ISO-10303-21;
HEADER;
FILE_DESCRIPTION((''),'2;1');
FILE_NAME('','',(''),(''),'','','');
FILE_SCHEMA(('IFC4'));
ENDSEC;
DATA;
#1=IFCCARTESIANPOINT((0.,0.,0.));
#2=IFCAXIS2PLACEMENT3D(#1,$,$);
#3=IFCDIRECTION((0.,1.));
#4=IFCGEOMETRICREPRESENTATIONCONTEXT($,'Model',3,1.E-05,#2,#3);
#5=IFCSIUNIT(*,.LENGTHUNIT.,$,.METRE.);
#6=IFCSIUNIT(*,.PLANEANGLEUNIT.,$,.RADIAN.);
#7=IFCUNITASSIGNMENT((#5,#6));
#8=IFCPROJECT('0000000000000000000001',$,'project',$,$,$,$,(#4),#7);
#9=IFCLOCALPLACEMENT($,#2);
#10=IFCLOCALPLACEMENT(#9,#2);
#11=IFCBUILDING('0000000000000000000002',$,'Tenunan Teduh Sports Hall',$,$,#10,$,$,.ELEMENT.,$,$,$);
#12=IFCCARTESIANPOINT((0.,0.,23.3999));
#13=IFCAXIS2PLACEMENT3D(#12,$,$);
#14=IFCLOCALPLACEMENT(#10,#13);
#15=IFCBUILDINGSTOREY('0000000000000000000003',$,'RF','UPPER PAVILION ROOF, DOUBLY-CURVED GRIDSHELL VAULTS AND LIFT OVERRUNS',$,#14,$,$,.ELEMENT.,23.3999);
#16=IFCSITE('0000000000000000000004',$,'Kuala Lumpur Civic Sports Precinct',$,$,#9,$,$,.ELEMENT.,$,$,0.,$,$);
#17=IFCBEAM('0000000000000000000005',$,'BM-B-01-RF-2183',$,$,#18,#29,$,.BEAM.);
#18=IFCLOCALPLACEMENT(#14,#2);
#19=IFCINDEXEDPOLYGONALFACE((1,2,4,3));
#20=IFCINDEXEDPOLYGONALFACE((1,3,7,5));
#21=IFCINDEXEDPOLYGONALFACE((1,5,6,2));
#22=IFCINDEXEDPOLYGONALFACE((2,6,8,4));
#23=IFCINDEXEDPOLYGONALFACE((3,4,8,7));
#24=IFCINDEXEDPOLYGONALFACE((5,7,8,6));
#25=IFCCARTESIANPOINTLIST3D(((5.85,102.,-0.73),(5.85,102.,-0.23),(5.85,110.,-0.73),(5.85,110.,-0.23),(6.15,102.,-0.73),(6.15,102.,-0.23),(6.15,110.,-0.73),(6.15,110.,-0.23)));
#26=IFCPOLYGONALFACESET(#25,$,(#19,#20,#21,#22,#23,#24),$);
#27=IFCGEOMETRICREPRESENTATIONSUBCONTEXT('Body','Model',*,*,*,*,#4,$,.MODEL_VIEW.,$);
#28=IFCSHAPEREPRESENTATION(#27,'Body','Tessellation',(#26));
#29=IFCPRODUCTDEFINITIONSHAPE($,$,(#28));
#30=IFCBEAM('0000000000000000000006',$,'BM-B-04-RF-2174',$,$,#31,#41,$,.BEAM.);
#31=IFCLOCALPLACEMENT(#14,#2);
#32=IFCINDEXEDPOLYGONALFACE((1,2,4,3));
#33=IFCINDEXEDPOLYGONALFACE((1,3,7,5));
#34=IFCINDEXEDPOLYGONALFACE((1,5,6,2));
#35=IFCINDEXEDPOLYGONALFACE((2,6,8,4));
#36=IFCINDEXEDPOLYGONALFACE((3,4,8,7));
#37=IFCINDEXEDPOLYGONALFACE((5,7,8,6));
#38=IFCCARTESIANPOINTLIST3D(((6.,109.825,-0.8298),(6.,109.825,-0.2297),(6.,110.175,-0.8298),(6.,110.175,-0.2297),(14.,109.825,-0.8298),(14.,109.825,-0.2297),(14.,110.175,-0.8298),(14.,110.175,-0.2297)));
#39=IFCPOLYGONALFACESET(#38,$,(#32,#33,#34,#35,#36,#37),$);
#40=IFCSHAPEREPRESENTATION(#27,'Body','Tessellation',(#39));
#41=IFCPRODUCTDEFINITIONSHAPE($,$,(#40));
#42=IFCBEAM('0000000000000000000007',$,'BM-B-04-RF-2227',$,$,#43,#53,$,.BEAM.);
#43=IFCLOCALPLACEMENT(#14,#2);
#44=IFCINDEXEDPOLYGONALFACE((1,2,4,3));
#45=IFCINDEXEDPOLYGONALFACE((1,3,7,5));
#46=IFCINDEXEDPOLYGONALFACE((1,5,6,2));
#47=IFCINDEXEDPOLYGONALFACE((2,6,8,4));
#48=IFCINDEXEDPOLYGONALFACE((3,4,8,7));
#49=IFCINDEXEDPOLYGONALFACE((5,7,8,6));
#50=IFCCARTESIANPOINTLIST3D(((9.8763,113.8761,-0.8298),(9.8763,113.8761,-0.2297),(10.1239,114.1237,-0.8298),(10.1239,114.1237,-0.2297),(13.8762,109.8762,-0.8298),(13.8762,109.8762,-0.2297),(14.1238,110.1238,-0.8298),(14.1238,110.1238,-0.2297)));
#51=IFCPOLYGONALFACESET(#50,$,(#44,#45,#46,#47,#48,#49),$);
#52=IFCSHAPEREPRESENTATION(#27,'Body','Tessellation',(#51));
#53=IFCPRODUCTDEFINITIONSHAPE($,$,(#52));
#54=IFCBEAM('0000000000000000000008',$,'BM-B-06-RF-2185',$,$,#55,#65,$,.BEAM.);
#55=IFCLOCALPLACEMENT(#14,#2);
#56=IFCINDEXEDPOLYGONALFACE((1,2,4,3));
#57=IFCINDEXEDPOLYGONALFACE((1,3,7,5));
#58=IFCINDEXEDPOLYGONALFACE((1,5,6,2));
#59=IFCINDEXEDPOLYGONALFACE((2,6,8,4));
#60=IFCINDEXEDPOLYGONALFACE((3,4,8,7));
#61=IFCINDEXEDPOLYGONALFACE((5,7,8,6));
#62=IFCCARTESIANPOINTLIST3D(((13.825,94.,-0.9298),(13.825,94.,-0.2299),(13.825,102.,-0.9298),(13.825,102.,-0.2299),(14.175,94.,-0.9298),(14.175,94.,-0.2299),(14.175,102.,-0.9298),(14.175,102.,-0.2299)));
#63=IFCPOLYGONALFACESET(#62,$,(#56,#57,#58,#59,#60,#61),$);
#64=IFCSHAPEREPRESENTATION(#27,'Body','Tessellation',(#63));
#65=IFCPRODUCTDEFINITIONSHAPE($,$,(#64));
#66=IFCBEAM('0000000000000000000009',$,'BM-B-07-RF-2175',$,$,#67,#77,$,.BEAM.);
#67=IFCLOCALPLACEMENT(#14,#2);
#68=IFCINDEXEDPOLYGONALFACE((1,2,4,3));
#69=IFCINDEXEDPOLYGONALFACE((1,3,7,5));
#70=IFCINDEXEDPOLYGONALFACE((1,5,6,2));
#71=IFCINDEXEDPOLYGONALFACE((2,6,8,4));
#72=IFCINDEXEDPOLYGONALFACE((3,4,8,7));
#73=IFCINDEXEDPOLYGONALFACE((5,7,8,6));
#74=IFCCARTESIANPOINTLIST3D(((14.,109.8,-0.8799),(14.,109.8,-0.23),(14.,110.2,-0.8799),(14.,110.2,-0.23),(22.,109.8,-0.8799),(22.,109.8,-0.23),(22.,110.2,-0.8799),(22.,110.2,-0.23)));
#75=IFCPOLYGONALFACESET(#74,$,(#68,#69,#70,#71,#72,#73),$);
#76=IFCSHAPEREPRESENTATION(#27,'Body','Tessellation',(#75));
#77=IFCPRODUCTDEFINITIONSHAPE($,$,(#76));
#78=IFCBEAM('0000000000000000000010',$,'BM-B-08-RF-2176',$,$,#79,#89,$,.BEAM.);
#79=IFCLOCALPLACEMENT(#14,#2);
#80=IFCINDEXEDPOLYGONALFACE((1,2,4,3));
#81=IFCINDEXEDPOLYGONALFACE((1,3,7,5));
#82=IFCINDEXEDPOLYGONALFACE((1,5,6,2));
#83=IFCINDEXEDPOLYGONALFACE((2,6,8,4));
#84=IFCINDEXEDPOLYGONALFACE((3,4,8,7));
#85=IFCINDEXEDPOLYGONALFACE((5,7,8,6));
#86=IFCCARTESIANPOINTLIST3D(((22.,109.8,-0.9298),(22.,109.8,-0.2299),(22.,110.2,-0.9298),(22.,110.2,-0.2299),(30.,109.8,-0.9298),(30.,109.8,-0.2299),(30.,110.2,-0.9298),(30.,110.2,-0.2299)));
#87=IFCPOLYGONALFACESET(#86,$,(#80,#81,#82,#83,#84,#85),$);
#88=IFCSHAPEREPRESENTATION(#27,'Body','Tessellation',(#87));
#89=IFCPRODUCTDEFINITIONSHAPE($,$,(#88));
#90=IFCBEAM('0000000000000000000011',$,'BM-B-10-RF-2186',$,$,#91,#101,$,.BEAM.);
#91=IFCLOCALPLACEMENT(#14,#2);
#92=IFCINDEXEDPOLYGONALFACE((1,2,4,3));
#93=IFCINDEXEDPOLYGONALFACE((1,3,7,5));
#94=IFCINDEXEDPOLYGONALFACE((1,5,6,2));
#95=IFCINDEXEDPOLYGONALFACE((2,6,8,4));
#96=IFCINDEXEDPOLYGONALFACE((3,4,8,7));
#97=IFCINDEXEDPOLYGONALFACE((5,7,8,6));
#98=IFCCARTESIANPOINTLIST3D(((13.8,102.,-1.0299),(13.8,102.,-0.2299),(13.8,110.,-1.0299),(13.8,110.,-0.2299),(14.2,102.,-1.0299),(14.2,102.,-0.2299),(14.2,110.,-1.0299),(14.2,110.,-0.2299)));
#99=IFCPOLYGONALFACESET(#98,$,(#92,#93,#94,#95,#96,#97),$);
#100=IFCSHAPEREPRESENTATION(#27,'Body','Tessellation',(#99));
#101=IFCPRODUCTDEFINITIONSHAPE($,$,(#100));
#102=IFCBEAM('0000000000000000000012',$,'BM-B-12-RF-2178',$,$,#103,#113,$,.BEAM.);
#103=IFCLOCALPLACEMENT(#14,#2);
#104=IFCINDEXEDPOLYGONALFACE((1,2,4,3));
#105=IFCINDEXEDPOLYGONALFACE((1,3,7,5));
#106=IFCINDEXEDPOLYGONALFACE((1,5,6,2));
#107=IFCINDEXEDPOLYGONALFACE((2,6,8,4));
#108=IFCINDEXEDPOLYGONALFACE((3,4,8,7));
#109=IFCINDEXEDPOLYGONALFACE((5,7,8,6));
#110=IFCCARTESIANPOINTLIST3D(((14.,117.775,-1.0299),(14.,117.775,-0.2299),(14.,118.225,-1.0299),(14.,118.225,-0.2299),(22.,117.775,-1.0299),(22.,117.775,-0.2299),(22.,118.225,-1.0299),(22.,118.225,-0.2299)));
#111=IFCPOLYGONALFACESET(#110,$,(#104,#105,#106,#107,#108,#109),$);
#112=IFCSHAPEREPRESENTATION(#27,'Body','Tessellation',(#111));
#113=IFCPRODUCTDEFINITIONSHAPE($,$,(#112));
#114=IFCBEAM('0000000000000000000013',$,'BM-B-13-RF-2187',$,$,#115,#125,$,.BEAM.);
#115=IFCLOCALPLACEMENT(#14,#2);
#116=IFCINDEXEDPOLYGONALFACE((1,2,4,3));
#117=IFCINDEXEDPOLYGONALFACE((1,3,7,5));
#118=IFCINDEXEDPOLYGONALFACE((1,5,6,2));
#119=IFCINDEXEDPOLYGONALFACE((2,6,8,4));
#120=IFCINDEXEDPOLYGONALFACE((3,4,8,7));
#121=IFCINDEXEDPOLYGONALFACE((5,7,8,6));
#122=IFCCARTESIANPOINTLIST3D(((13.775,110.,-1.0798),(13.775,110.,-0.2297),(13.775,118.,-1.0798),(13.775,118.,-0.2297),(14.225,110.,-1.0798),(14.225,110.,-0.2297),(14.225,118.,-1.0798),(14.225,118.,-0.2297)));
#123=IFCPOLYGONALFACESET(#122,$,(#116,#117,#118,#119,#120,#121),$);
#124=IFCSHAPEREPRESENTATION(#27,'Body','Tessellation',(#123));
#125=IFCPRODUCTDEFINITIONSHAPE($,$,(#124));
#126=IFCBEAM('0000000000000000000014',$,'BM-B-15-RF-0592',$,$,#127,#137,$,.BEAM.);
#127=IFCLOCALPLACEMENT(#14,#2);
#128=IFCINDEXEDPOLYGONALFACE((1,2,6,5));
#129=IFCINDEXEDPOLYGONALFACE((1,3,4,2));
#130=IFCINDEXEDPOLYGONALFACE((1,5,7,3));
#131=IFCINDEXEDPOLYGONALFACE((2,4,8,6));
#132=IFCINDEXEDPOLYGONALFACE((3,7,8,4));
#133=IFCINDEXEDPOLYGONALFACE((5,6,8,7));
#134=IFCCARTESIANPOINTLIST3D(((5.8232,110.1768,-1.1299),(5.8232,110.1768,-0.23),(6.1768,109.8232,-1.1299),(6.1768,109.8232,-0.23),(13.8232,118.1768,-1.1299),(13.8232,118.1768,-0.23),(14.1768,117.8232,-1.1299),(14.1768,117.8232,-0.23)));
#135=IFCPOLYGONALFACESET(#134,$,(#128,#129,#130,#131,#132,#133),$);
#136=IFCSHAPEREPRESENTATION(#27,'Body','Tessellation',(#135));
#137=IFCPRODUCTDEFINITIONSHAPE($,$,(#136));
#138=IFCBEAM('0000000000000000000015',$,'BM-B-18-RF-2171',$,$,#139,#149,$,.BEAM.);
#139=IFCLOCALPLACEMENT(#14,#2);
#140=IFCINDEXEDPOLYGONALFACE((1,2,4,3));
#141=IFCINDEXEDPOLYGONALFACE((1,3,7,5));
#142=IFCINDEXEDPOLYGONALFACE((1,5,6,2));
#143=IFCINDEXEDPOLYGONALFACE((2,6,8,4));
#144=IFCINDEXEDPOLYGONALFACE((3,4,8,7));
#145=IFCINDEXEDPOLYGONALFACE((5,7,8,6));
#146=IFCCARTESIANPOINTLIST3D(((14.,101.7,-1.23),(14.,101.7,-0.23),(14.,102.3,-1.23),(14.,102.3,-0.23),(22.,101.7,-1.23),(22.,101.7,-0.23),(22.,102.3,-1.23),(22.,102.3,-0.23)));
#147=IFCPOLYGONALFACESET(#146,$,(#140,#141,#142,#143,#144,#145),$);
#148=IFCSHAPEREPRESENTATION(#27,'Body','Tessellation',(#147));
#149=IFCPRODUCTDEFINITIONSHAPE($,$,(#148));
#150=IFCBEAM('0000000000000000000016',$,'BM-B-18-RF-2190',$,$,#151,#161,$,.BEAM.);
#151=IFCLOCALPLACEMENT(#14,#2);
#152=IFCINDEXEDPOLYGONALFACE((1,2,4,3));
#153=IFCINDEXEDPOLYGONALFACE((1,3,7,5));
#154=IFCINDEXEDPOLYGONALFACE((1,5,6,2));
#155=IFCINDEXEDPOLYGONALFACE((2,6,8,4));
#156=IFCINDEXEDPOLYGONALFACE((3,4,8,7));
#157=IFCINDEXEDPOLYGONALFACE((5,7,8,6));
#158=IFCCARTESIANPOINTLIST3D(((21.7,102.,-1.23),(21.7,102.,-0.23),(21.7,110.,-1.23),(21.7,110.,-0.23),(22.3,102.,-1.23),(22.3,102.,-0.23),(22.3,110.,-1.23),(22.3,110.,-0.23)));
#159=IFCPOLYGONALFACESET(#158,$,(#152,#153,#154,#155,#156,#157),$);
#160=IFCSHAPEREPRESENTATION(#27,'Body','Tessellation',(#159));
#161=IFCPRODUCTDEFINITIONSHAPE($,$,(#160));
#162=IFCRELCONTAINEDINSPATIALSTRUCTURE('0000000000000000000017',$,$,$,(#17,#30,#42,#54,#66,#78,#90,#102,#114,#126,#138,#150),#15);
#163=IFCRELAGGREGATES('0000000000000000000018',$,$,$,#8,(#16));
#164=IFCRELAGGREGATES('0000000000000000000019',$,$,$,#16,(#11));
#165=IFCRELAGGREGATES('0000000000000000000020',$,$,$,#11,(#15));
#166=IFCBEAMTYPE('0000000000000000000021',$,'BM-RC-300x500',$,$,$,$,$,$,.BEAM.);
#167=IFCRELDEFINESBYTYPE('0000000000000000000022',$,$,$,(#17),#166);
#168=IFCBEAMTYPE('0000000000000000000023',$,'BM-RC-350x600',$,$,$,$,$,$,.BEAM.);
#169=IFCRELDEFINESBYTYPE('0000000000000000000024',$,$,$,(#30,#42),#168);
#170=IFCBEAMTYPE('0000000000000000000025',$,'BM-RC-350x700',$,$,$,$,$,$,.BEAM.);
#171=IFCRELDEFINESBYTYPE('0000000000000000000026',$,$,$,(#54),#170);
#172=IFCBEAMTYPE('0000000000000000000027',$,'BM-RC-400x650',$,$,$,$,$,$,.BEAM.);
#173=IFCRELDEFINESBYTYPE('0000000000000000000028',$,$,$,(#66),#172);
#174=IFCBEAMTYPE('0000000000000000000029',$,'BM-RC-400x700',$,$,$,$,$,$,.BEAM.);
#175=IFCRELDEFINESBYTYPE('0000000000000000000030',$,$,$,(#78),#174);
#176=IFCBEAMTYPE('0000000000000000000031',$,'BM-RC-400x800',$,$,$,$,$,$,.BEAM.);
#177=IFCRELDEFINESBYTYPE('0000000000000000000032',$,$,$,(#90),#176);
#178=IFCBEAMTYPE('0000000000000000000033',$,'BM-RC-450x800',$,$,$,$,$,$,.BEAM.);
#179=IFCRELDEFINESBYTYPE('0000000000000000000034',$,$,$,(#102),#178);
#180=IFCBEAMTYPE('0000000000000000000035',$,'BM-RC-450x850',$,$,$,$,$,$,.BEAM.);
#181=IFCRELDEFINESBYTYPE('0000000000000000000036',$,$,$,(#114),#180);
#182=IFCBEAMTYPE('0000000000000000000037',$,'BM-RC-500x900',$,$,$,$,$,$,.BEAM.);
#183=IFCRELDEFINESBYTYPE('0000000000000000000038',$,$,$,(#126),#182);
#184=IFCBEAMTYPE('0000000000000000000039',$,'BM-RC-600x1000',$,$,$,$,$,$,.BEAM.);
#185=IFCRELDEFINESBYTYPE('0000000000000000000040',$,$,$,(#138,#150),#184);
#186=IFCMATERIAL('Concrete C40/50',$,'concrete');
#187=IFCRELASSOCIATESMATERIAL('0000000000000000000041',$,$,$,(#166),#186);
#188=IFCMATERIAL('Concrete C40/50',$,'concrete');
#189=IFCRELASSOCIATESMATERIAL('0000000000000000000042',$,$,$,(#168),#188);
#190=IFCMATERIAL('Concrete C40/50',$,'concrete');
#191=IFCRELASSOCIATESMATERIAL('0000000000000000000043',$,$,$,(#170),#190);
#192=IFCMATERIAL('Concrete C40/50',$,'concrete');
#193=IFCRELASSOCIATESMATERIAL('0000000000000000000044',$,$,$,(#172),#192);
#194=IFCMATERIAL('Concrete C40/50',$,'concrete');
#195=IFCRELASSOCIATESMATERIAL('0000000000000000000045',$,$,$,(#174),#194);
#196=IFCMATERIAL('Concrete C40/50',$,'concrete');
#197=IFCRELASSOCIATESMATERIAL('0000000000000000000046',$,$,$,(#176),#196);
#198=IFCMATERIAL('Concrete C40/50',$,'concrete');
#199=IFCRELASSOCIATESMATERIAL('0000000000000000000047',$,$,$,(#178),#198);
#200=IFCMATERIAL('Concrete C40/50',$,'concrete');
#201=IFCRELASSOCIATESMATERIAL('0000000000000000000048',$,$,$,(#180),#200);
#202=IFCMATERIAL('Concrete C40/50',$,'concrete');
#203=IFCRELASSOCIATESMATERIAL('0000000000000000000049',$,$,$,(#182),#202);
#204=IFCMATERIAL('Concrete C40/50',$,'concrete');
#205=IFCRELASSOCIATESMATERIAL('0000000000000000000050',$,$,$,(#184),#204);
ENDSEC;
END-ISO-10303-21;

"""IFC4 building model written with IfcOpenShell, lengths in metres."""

from ifc_helpers import new_model, si_unit, direction, frame, origin, origin_2d, place, context, subcontext, project, spatial, rectangle, extrude, material, material_profile, profile_set, type_object, element, save


model = new_model("IFC4")

# Units and contexts
model_context = context("Model", 3, precision=1e-05, world=origin(), true_north=direction((0.0, 1.0)))
body_context = subcontext(model_context, "Body", "Model", "MODEL_VIEW")
ifc_project = project(units=[si_unit("LENGTHUNIT", "METRE"), si_unit("PLANEANGLEUNIT", "RADIAN")], contexts=[model_context])

# Site, building, storey
site_placement = place(None, origin())
site = spatial("IfcSite", under=ifc_project, at=site_placement, Name="Kuala Lumpur Civic Sports Precinct", CompositionType="ELEMENT", RefElevation=0.0)
building_placement = place(site_placement, origin())
building = spatial("IfcBuilding", under=site, at=building_placement, Name="Tenunan Teduh Sports Hall", CompositionType="ELEMENT")
storey_placement = place(building_placement, frame((0.0, 0.0, 23.3999)))
storey = spatial("IfcBuildingStorey", under=building, at=storey_placement, Name="RF", Description="UPPER PAVILION ROOF, DOUBLY-CURVED GRIDSHELL VAULTS AND LIFT OVERRUNS", CompositionType="ELEMENT", Elevation=23.3999)

# Beams
ifc_material_1 = material(Name="Concrete C40/50", Category="concrete")
ifc_material_profile_1 = material_profile(ifc_material_1, rectangle(XDim=0.3, YDim=0.5, at=origin_2d()), Name="RCB 300x500")
ifc_profile_set_1 = profile_set([ifc_material_profile_1], Name="Concrete C40/50")
beam_type_1 = type_object("IfcBeamType", Name="BM-RC-300x500", PredefinedType="BEAM", material=ifc_profile_set_1)
beam_1_placement = place(storey_placement, frame((6.0, 102.0, -0.48), z_axis=(0.0, 1.0, 0.0), x_axis=(-1.0, 0.0, 0.0)))
element("IfcBeam", 1, at=beam_1_placement, inside=storey, type_object=beam_type_1, Name="BM-B-01-RF-2183", PredefinedType="BEAM", context=body_context, shape_type="SweptSolid", body=[
    extrude(rectangle(XDim=0.3, YDim=0.5, at=origin_2d()), origin(), (0.0, 0.0, 1.0), 8.0),
])
ifc_material_2 = material(Name="Concrete C40/50", Category="concrete")
ifc_material_profile_2 = material_profile(ifc_material_2, rectangle(XDim=0.3501, YDim=0.6001, at=origin_2d()), Name="RCB 350x600")
ifc_profile_set_2 = profile_set([ifc_material_profile_2], Name="Concrete C40/50")
beam_type_2 = type_object("IfcBeamType", Name="BM-RC-350x600", PredefinedType="BEAM", material=ifc_profile_set_2)
beam_2_placement = place(storey_placement, frame((6.0, 110.0, -0.5298), z_axis=(1.0, 0.0, 0.0), x_axis=(0.0, 1.0, 0.0)))
element("IfcBeam", 2, at=beam_2_placement, inside=storey, type_object=beam_type_2, Name="BM-B-04-RF-2174", PredefinedType="BEAM", context=body_context, shape_type="SweptSolid", body=[
    extrude(rectangle(XDim=0.3501, YDim=0.6001, at=origin_2d()), origin(), (0.0, 0.0, 1.0), 8.0),
])
beam_3_placement = place(storey_placement, frame((14.0, 110.0, -0.5298), z_axis=(-0.707107, 0.707107, 0.0), x_axis=(-0.707107, -0.707107, 0.0)))
element("IfcBeam", 3, at=beam_3_placement, inside=storey, type_object=beam_type_2, Name="BM-B-04-RF-2227", PredefinedType="BEAM", context=body_context, shape_type="SweptSolid", body=[
    extrude(rectangle(XDim=0.3501, YDim=0.6001, at=origin_2d()), origin(), (0.0, 0.0, 1.0), 5.6567),
])
ifc_material_3 = material(Name="Concrete C40/50", Category="concrete")
ifc_material_profile_3 = material_profile(ifc_material_3, rectangle(XDim=0.3501, YDim=0.7, at=origin_2d()), Name="RCB 350x700")
ifc_profile_set_3 = profile_set([ifc_material_profile_3], Name="Concrete C40/50")
beam_type_3 = type_object("IfcBeamType", Name="BM-RC-350x700", PredefinedType="BEAM", material=ifc_profile_set_3)
beam_4_placement = place(storey_placement, frame((14.0, 94.0, -0.5798), z_axis=(0.0, 1.0, 0.0), x_axis=(-1.0, 0.0, 0.0)))
element("IfcBeam", 4, at=beam_4_placement, inside=storey, type_object=beam_type_3, Name="BM-B-06-RF-2185", PredefinedType="BEAM", context=body_context, shape_type="SweptSolid", body=[
    extrude(rectangle(XDim=0.3501, YDim=0.7, at=origin_2d()), origin(), (0.0, 0.0, 1.0), 8.0),
])
ifc_material_4 = material(Name="Concrete C40/50", Category="concrete")
ifc_material_profile_4 = material_profile(ifc_material_4, rectangle(XDim=0.3999, YDim=0.6499, at=origin_2d()), Name="RCB 400x650")
ifc_profile_set_4 = profile_set([ifc_material_profile_4], Name="Concrete C40/50")
beam_type_4 = type_object("IfcBeamType", Name="BM-RC-400x650", PredefinedType="BEAM", material=ifc_profile_set_4)
beam_5_placement = place(storey_placement, frame((14.0, 110.0, -0.5549), z_axis=(1.0, 0.0, 0.0), x_axis=(0.0, 1.0, 0.0)))
element("IfcBeam", 5, at=beam_5_placement, inside=storey, type_object=beam_type_4, Name="BM-B-07-RF-2175", PredefinedType="BEAM", context=body_context, shape_type="SweptSolid", body=[
    extrude(rectangle(XDim=0.3999, YDim=0.6499, at=origin_2d()), origin(), (0.0, 0.0, 1.0), 8.0),
])
ifc_material_5 = material(Name="Concrete C40/50", Category="concrete")
ifc_material_profile_5 = material_profile(ifc_material_5, rectangle(XDim=0.3999, YDim=0.7, at=origin_2d()), Name="RCB 400x700")
ifc_profile_set_5 = profile_set([ifc_material_profile_5], Name="Concrete C40/50")
beam_type_5 = type_object("IfcBeamType", Name="BM-RC-400x700", PredefinedType="BEAM", material=ifc_profile_set_5)
beam_6_placement = place(storey_placement, frame((22.0, 110.0, -0.5798), z_axis=(1.0, 0.0, 0.0), x_axis=(0.0, 1.0, 0.0)))
element("IfcBeam", 6, at=beam_6_placement, inside=storey, type_object=beam_type_5, Name="BM-B-08-RF-2176", PredefinedType="BEAM", context=body_context, shape_type="SweptSolid", body=[
    extrude(rectangle(XDim=0.3999, YDim=0.7, at=origin_2d()), origin(), (0.0, 0.0, 1.0), 8.0),
])
ifc_material_6 = material(Name="Concrete C40/50", Category="concrete")
ifc_material_profile_6 = material_profile(ifc_material_6, rectangle(XDim=0.3999, YDim=0.8, at=origin_2d()), Name="RCB 400x800")
ifc_profile_set_6 = profile_set([ifc_material_profile_6], Name="Concrete C40/50")
beam_type_6 = type_object("IfcBeamType", Name="BM-RC-400x800", PredefinedType="BEAM", material=ifc_profile_set_6)
beam_7_placement = place(storey_placement, frame((14.0, 102.0, -0.6299), z_axis=(0.0, 1.0, 0.0), x_axis=(-1.0, 0.0, 0.0)))
element("IfcBeam", 7, at=beam_7_placement, inside=storey, type_object=beam_type_6, Name="BM-B-10-RF-2186", PredefinedType="BEAM", context=body_context, shape_type="SweptSolid", body=[
    extrude(rectangle(XDim=0.3999, YDim=0.8, at=origin_2d()), origin(), (0.0, 0.0, 1.0), 8.0),
])
ifc_material_7 = material(Name="Concrete C40/50", Category="concrete")
ifc_material_profile_7 = material_profile(ifc_material_7, rectangle(XDim=0.45, YDim=0.8, at=origin_2d()), Name="RCB 450x800")
ifc_profile_set_7 = profile_set([ifc_material_profile_7], Name="Concrete C40/50")
beam_type_7 = type_object("IfcBeamType", Name="BM-RC-450x800", PredefinedType="BEAM", material=ifc_profile_set_7)
beam_8_placement = place(storey_placement, frame((14.0, 118.0, -0.6299), z_axis=(1.0, 0.0, 0.0), x_axis=(0.0, 1.0, 0.0)))
element("IfcBeam", 8, at=beam_8_placement, inside=storey, type_object=beam_type_7, Name="BM-B-12-RF-2178", PredefinedType="BEAM", context=body_context, shape_type="SweptSolid", body=[
    extrude(rectangle(XDim=0.45, YDim=0.8, at=origin_2d()), origin(), (0.0, 0.0, 1.0), 8.0),
])
ifc_material_8 = material(Name="Concrete C40/50", Category="concrete")
ifc_material_profile_8 = material_profile(ifc_material_8, rectangle(XDim=0.45, YDim=0.8501, at=origin_2d()), Name="RCB 450x850")
ifc_profile_set_8 = profile_set([ifc_material_profile_8], Name="Concrete C40/50")
beam_type_8 = type_object("IfcBeamType", Name="BM-RC-450x850", PredefinedType="BEAM", material=ifc_profile_set_8)
beam_9_placement = place(storey_placement, frame((14.0, 110.0, -0.6548), z_axis=(0.0, 1.0, 0.0), x_axis=(-1.0, 0.0, 0.0)))
element("IfcBeam", 9, at=beam_9_placement, inside=storey, type_object=beam_type_8, Name="BM-B-13-RF-2187", PredefinedType="BEAM", context=body_context, shape_type="SweptSolid", body=[
    extrude(rectangle(XDim=0.45, YDim=0.8501, at=origin_2d()), origin(), (0.0, 0.0, 1.0), 8.0),
])
ifc_material_9 = material(Name="Concrete C40/50", Category="concrete")
ifc_material_profile_9 = material_profile(ifc_material_9, rectangle(XDim=0.5, YDim=0.8999, at=origin_2d()), Name="RCB 500x900")
ifc_profile_set_9 = profile_set([ifc_material_profile_9], Name="Concrete C40/50")
beam_type_9 = type_object("IfcBeamType", Name="BM-RC-500x900", PredefinedType="BEAM", material=ifc_profile_set_9)
beam_10_placement = place(storey_placement, frame((6.0, 110.0, -0.6799), z_axis=(0.707107, 0.707107, 0.0), x_axis=(-0.707107, 0.707107, 0.0)))
element("IfcBeam", 10, at=beam_10_placement, inside=storey, type_object=beam_type_9, Name="BM-B-15-RF-0592", PredefinedType="BEAM", context=body_context, shape_type="SweptSolid", body=[
    extrude(rectangle(XDim=0.5, YDim=0.8999, at=origin_2d()), origin(), (0.0, 0.0, 1.0), 11.3137),
])
ifc_material_10 = material(Name="Concrete C40/50", Category="concrete")
ifc_material_profile_10 = material_profile(ifc_material_10, rectangle(XDim=0.6001, YDim=1.0, at=origin_2d()), Name="RCB 600x1000")
ifc_profile_set_10 = profile_set([ifc_material_profile_10], Name="Concrete C40/50")
beam_type_10 = type_object("IfcBeamType", Name="BM-RC-600x1000", PredefinedType="BEAM", material=ifc_profile_set_10)
for number, where, z_axis, x_axis, name in (
    (11, (14.0, 102.0, -0.73), (1.0, 0.0, 0.0), (0.0, 1.0, 0.0), "BM-B-18-RF-2171"),
    (12, (22.0, 102.0, -0.73), (0.0, 1.0, 0.0), (-1.0, 0.0, 0.0), "BM-B-18-RF-2190"),
):
    element("IfcBeam", number, at=place(storey_placement, frame(where, z_axis=z_axis, x_axis=x_axis)), inside=storey, type_object=beam_type_10, Name=name, PredefinedType="BEAM", context=body_context, shape_type="SweptSolid", body=[
        extrude(rectangle(XDim=0.6001, YDim=1.0, at=origin_2d()), origin(), (0.0, 0.0, 1.0), 8.0),
    ])

save(model, "model.ifc")
